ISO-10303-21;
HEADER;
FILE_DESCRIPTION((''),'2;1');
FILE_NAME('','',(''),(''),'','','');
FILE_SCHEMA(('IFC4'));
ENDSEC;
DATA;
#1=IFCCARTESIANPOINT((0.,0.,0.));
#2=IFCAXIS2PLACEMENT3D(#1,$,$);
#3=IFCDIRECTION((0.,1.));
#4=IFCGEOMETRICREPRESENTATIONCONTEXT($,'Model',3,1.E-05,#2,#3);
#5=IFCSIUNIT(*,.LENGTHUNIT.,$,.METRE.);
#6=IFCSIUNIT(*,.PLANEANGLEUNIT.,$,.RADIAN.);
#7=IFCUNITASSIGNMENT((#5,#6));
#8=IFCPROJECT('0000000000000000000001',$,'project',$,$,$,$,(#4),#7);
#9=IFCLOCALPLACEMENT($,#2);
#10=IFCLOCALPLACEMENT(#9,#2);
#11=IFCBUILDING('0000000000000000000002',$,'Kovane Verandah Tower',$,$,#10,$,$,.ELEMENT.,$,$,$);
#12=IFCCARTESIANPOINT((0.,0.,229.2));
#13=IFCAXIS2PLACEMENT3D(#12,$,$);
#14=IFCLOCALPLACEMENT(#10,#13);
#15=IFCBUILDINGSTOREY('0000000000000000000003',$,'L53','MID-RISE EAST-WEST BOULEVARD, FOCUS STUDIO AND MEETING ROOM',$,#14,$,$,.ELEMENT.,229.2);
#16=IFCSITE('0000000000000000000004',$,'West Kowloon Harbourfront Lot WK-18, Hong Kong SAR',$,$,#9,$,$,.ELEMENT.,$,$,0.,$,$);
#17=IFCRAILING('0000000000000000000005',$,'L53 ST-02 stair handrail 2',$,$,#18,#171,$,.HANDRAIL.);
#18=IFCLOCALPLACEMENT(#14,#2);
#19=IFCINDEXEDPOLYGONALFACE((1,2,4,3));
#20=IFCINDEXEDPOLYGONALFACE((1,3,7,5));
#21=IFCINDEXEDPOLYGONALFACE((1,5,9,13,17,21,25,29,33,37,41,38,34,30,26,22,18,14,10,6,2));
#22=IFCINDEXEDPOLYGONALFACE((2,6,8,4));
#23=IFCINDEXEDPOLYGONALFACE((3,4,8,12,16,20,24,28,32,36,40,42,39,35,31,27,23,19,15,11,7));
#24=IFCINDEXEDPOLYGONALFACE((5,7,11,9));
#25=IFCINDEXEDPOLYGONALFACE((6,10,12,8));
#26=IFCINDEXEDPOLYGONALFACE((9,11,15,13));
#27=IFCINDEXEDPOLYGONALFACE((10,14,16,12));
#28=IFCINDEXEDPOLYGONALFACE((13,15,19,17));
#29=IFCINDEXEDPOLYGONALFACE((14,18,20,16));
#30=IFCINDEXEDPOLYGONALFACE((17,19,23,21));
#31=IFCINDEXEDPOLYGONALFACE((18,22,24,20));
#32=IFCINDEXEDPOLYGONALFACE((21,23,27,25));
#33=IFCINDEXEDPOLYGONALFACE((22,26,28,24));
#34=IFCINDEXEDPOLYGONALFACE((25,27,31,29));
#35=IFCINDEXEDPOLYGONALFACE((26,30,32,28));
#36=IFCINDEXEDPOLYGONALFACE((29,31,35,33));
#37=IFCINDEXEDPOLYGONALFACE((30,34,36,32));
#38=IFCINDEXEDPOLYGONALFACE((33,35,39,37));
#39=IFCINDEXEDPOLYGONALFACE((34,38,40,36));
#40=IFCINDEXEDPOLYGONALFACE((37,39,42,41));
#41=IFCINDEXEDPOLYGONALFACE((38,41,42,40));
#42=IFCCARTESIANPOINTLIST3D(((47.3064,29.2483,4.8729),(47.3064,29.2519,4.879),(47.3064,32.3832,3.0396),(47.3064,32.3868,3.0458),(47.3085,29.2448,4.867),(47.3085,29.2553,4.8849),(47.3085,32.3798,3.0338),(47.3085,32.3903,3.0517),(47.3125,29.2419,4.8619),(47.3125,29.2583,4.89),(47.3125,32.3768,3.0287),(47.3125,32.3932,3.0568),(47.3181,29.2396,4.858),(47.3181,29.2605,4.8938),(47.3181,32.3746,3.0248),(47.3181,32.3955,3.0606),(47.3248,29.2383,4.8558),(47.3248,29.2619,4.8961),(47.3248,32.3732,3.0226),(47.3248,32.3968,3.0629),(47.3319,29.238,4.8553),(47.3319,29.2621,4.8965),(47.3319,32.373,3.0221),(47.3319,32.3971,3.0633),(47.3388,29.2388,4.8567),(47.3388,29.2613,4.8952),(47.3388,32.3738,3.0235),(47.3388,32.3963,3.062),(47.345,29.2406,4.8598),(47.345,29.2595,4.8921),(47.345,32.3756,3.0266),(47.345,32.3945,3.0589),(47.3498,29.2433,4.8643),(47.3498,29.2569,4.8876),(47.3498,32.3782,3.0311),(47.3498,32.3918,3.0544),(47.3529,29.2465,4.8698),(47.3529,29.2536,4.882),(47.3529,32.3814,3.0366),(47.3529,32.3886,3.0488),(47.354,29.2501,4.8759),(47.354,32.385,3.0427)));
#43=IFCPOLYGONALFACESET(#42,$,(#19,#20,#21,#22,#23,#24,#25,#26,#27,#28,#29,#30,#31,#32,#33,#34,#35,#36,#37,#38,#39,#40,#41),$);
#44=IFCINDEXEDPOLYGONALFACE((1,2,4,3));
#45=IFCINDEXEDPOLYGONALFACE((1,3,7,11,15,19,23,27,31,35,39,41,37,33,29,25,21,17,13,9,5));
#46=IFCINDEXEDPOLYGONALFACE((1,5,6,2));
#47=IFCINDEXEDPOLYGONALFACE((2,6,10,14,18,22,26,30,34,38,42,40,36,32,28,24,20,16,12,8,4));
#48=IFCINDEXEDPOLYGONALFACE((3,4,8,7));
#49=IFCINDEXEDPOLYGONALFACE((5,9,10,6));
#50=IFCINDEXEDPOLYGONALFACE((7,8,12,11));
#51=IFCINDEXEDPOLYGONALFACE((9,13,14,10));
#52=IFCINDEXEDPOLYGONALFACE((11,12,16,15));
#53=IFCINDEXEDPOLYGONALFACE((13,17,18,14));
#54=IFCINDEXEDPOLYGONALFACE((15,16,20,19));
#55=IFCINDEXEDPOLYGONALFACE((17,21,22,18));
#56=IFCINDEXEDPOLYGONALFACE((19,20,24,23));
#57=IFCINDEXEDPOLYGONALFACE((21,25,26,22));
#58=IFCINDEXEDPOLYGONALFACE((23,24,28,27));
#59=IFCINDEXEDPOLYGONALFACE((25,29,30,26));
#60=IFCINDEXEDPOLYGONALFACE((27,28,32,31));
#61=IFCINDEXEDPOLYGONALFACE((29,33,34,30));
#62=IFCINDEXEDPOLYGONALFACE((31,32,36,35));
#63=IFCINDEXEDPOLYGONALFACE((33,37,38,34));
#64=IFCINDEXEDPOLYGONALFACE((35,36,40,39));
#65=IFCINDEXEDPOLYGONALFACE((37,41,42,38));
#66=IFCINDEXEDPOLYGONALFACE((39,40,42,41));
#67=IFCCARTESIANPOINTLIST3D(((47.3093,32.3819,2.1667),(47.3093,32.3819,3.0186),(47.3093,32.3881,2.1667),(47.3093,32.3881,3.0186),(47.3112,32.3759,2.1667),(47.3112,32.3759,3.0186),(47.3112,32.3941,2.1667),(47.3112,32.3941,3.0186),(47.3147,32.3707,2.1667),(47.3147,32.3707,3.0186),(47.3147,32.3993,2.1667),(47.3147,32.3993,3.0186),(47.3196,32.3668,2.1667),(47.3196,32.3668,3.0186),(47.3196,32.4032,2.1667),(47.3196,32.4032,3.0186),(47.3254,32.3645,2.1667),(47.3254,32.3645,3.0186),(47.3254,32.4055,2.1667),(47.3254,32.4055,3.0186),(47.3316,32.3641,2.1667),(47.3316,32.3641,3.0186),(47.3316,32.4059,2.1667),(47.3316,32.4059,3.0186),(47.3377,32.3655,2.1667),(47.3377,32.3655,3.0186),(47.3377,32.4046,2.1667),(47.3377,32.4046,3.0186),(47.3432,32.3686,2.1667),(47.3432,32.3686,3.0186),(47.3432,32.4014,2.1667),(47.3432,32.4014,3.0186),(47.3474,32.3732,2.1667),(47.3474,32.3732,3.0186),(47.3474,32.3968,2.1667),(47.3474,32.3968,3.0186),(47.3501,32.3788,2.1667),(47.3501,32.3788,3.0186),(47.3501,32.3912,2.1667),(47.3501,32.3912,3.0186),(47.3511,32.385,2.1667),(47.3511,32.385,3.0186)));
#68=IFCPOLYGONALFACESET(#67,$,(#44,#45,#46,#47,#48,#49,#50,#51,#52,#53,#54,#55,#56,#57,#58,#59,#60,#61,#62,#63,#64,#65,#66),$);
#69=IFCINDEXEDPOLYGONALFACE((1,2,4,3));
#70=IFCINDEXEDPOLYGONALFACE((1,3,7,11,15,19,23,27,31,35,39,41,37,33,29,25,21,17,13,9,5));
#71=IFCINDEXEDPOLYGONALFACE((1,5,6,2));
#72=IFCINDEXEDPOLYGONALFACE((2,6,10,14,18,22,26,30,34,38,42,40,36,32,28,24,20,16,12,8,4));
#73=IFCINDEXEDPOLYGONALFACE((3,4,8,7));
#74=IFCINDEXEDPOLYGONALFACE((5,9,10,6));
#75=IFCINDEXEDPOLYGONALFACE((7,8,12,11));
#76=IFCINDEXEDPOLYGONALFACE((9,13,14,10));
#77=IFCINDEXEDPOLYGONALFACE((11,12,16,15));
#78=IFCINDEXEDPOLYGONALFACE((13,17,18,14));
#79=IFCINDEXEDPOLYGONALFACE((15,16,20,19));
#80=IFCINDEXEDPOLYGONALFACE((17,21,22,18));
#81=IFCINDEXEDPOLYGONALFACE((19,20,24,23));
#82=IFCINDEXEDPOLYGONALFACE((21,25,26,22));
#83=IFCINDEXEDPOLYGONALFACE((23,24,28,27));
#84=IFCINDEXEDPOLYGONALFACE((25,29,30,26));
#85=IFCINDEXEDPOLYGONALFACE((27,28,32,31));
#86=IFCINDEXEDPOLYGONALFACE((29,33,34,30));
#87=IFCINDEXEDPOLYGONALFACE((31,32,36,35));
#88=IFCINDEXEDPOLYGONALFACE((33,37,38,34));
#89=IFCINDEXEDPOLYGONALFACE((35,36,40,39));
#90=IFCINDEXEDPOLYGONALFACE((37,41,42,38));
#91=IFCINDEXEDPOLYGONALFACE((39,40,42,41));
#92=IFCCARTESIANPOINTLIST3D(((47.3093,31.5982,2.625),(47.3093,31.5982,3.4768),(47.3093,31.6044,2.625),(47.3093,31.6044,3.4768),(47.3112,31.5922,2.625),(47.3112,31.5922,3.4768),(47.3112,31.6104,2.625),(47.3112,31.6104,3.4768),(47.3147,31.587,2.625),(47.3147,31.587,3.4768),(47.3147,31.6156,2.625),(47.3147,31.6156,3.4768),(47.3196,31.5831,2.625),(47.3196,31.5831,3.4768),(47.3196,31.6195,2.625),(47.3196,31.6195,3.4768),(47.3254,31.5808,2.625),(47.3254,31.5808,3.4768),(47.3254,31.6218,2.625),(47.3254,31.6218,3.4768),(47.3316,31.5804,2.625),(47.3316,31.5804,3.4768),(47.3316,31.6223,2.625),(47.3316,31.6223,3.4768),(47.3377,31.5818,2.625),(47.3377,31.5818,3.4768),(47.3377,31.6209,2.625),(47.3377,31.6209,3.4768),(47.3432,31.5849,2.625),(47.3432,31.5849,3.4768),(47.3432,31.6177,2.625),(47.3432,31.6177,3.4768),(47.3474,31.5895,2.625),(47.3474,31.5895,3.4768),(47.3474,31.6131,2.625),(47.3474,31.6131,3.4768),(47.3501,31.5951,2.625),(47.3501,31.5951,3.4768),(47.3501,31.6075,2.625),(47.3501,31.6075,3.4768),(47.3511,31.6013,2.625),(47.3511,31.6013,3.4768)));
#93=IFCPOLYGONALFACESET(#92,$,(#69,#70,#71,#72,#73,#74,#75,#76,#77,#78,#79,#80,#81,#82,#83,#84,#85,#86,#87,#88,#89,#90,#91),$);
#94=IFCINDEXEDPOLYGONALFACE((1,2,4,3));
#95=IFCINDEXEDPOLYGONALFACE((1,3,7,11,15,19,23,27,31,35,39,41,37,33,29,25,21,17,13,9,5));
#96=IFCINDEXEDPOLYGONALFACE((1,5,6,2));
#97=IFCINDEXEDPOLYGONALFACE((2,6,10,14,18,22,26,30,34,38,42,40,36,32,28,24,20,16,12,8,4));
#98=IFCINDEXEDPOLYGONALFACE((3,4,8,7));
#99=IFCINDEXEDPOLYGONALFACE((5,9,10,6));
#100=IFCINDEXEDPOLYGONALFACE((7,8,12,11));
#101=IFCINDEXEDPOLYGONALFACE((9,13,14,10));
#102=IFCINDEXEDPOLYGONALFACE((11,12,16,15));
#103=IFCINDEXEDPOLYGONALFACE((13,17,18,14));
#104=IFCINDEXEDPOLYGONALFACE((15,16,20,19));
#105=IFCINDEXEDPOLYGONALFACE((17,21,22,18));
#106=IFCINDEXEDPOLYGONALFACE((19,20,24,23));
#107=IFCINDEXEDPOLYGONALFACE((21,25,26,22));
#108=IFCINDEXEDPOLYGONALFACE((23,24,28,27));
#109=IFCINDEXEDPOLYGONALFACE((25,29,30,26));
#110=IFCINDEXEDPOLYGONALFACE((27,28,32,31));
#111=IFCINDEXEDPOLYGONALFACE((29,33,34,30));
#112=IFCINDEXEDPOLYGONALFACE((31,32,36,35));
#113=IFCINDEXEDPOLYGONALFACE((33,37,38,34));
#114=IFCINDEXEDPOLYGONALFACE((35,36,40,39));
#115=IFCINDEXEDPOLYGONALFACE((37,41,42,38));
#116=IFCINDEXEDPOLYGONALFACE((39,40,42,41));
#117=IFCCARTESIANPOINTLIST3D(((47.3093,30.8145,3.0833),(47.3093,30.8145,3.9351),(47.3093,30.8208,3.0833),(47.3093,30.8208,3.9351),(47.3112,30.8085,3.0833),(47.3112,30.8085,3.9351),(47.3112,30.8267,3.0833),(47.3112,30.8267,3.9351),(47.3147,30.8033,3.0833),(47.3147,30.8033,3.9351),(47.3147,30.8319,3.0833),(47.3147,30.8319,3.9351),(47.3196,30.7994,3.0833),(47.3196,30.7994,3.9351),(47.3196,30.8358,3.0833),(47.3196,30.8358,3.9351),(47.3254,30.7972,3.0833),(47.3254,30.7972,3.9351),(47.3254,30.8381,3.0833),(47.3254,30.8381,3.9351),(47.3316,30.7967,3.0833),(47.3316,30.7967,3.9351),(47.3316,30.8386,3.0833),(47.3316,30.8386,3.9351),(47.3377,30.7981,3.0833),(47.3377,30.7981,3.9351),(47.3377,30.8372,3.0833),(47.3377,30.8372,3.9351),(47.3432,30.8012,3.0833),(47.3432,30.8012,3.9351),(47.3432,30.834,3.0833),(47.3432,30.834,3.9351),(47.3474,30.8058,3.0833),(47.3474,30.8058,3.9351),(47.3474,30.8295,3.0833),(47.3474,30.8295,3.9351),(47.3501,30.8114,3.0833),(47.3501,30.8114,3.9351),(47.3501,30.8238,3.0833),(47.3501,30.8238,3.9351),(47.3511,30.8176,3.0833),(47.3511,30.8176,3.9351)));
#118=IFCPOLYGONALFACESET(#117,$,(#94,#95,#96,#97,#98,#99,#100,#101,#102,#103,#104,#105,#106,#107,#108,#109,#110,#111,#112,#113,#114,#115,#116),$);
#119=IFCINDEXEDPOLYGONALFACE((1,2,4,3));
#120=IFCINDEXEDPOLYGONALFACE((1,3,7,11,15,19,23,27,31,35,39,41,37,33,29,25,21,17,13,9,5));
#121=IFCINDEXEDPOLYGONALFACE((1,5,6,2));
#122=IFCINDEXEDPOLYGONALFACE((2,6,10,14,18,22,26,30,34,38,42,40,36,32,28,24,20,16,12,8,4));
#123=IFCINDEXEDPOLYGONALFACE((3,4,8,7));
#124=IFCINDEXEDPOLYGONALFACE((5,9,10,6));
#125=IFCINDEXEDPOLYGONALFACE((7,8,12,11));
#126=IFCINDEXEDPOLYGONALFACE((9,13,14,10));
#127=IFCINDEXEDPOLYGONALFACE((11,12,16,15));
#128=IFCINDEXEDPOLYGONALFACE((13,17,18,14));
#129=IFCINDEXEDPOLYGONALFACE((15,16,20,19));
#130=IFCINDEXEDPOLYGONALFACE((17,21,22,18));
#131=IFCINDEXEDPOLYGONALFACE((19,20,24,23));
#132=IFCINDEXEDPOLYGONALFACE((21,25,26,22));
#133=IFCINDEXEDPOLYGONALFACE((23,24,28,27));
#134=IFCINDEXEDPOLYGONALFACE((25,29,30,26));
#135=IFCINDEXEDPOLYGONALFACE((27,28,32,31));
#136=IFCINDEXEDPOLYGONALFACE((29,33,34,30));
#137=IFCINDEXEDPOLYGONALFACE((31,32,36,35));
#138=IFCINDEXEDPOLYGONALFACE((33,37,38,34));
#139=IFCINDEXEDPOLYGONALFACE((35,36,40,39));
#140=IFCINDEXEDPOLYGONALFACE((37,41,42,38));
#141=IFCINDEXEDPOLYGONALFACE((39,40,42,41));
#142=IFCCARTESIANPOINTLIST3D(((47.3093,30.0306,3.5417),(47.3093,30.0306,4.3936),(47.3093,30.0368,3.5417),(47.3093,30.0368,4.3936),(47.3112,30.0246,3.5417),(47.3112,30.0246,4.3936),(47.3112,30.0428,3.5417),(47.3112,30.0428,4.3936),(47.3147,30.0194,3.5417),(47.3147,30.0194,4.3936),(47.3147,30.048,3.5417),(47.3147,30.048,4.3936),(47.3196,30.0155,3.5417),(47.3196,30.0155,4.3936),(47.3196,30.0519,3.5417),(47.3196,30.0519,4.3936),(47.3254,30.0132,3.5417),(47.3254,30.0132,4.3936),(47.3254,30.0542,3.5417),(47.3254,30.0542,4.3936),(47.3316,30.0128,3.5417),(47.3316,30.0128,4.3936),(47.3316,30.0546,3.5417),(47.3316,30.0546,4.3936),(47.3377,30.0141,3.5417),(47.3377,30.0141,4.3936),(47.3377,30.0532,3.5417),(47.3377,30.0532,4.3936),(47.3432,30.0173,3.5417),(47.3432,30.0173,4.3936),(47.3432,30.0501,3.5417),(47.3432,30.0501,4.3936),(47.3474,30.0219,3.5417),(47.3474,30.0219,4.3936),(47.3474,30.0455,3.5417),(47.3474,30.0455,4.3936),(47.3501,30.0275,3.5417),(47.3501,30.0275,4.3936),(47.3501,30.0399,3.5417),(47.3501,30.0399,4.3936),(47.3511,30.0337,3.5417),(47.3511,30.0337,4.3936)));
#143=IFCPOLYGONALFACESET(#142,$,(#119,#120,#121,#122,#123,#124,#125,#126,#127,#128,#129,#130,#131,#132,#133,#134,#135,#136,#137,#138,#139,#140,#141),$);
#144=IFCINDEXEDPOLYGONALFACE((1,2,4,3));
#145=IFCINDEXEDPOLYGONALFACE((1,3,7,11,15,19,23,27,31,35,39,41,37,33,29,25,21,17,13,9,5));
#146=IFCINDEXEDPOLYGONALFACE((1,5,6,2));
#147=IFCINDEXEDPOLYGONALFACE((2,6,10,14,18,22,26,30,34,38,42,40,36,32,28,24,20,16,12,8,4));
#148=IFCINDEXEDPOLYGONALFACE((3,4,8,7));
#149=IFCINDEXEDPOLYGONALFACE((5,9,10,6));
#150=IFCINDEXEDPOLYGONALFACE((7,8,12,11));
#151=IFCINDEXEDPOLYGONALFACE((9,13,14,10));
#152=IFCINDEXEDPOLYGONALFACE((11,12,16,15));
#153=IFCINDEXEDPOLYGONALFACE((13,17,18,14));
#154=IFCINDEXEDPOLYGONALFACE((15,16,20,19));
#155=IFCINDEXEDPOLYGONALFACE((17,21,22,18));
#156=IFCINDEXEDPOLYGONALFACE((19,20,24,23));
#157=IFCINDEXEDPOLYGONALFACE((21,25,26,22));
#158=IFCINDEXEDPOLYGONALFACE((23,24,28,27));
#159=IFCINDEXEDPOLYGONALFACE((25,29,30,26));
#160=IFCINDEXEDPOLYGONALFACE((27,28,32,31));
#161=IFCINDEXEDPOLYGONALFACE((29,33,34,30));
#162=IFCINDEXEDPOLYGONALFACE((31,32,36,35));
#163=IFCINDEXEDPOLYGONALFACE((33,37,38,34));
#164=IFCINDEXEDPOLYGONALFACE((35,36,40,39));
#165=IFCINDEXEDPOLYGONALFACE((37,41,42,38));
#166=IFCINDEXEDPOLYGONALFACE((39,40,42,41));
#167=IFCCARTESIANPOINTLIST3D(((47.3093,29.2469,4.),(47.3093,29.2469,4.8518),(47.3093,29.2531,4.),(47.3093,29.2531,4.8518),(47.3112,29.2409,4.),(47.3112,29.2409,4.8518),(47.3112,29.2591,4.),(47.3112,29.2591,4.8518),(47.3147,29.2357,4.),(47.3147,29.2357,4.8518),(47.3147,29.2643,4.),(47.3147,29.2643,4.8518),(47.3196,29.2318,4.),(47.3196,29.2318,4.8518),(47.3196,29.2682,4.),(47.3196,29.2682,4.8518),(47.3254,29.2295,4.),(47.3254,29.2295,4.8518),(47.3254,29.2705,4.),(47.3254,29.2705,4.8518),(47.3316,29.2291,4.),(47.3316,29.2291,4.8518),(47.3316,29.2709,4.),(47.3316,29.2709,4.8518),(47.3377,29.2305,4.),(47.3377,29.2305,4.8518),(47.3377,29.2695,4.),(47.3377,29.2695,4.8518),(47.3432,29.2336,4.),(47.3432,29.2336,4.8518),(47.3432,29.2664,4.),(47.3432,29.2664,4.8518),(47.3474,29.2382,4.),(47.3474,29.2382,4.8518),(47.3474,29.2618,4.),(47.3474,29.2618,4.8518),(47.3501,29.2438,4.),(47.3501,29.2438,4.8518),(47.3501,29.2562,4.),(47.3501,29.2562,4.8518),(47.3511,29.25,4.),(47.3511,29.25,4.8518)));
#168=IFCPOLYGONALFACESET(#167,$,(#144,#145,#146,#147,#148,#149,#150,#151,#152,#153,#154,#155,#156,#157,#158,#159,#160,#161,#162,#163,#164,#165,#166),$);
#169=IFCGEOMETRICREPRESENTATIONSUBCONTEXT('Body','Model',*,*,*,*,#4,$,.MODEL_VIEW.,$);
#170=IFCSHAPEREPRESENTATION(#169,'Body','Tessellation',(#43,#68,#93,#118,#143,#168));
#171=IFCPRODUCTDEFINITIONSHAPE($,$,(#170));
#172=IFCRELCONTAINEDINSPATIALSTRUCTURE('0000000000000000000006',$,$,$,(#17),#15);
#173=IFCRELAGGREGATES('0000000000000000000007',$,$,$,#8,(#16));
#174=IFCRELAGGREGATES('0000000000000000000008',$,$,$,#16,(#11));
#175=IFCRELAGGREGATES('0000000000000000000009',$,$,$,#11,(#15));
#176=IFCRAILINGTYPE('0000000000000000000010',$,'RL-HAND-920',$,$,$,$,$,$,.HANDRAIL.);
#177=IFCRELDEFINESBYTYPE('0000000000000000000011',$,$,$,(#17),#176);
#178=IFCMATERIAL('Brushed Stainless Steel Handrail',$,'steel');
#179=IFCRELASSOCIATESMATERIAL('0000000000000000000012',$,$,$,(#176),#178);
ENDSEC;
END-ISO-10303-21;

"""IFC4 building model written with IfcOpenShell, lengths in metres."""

from ifc_helpers import new_model, si_unit, direction, frame, origin, origin_2d, place, context, subcontext, project, spatial, circle, extrude, material, type_object, element, save


model = new_model("IFC4")

# Units and contexts
model_context = context("Model", 3, precision=1e-05, world=origin(), true_north=direction((0.0, 1.0)))
body_context = subcontext(model_context, "Body", "Model", "MODEL_VIEW")
ifc_project = project(units=[si_unit("LENGTHUNIT", "METRE"), si_unit("PLANEANGLEUNIT", "RADIAN")], contexts=[model_context])

# Site, building, storey
site_placement = place(None, origin())
site = spatial("IfcSite", under=ifc_project, at=site_placement, Name="West Kowloon Harbourfront Lot WK-18, Hong Kong SAR", CompositionType="ELEMENT", RefElevation=0.0)
building_placement = place(site_placement, origin())
building = spatial("IfcBuilding", under=site, at=building_placement, Name="Kovane Verandah Tower", CompositionType="ELEMENT")
storey_placement = place(building_placement, frame((0.0, 0.0, 229.2)))
storey = spatial("IfcBuildingStorey", under=building, at=storey_placement, Name="L53", Description="MID-RISE EAST-WEST BOULEVARD, FOCUS STUDIO AND MEETING ROOM", CompositionType="ELEMENT", Elevation=229.2)

# Railing
ifc_material_1 = material(Name="Brushed Stainless Steel Handrail", Category="steel")
railing_type_1 = type_object("IfcRailingType", Name="RL-HAND-920", PredefinedType="HANDRAIL", material=ifc_material_1)
railing_1_placement = place(storey_placement, frame((47.3301, 32.385, 2.1667)))
element("IfcRailing", 1, at=railing_1_placement, inside=storey, type_object=railing_type_1, Name="L53 ST-02 stair handrail 2", PredefinedType="HANDRAIL", context=body_context, shape_type="SweptSolid", body=[
    extrude(circle(Radius=0.0239, at=origin_2d()), frame((0.0, 0.0, 0.876), z_axis=(0.0, -0.86324, 0.504794), x_axis=(1.0, 0.0, 0.0)), (0.0, 0.0, 1.0), 3.6316),
    extrude(circle(Radius=0.021, at=origin_2d()), origin(), (0.0, 0.0, 1.0), 0.8518),
    extrude(circle(Radius=0.021, at=origin_2d()), frame((0.0, -0.7837, 0.4583)), (0.0, 0.0, 1.0), 0.8518),
    extrude(circle(Radius=0.021, at=origin_2d()), frame((0.0, -1.5674, 0.9165)), (0.0, 0.0, 1.0), 0.8518),
    extrude(circle(Radius=0.021, at=origin_2d()), frame((0.0, -2.3513, 1.375)), (0.0, 0.0, 1.0), 0.8518),
    extrude(circle(Radius=0.021, at=origin_2d()), frame((0.0, -3.135, 1.8333)), (0.0, 0.0, 1.0), 0.8518),
])

save(model, "model.ifc")
